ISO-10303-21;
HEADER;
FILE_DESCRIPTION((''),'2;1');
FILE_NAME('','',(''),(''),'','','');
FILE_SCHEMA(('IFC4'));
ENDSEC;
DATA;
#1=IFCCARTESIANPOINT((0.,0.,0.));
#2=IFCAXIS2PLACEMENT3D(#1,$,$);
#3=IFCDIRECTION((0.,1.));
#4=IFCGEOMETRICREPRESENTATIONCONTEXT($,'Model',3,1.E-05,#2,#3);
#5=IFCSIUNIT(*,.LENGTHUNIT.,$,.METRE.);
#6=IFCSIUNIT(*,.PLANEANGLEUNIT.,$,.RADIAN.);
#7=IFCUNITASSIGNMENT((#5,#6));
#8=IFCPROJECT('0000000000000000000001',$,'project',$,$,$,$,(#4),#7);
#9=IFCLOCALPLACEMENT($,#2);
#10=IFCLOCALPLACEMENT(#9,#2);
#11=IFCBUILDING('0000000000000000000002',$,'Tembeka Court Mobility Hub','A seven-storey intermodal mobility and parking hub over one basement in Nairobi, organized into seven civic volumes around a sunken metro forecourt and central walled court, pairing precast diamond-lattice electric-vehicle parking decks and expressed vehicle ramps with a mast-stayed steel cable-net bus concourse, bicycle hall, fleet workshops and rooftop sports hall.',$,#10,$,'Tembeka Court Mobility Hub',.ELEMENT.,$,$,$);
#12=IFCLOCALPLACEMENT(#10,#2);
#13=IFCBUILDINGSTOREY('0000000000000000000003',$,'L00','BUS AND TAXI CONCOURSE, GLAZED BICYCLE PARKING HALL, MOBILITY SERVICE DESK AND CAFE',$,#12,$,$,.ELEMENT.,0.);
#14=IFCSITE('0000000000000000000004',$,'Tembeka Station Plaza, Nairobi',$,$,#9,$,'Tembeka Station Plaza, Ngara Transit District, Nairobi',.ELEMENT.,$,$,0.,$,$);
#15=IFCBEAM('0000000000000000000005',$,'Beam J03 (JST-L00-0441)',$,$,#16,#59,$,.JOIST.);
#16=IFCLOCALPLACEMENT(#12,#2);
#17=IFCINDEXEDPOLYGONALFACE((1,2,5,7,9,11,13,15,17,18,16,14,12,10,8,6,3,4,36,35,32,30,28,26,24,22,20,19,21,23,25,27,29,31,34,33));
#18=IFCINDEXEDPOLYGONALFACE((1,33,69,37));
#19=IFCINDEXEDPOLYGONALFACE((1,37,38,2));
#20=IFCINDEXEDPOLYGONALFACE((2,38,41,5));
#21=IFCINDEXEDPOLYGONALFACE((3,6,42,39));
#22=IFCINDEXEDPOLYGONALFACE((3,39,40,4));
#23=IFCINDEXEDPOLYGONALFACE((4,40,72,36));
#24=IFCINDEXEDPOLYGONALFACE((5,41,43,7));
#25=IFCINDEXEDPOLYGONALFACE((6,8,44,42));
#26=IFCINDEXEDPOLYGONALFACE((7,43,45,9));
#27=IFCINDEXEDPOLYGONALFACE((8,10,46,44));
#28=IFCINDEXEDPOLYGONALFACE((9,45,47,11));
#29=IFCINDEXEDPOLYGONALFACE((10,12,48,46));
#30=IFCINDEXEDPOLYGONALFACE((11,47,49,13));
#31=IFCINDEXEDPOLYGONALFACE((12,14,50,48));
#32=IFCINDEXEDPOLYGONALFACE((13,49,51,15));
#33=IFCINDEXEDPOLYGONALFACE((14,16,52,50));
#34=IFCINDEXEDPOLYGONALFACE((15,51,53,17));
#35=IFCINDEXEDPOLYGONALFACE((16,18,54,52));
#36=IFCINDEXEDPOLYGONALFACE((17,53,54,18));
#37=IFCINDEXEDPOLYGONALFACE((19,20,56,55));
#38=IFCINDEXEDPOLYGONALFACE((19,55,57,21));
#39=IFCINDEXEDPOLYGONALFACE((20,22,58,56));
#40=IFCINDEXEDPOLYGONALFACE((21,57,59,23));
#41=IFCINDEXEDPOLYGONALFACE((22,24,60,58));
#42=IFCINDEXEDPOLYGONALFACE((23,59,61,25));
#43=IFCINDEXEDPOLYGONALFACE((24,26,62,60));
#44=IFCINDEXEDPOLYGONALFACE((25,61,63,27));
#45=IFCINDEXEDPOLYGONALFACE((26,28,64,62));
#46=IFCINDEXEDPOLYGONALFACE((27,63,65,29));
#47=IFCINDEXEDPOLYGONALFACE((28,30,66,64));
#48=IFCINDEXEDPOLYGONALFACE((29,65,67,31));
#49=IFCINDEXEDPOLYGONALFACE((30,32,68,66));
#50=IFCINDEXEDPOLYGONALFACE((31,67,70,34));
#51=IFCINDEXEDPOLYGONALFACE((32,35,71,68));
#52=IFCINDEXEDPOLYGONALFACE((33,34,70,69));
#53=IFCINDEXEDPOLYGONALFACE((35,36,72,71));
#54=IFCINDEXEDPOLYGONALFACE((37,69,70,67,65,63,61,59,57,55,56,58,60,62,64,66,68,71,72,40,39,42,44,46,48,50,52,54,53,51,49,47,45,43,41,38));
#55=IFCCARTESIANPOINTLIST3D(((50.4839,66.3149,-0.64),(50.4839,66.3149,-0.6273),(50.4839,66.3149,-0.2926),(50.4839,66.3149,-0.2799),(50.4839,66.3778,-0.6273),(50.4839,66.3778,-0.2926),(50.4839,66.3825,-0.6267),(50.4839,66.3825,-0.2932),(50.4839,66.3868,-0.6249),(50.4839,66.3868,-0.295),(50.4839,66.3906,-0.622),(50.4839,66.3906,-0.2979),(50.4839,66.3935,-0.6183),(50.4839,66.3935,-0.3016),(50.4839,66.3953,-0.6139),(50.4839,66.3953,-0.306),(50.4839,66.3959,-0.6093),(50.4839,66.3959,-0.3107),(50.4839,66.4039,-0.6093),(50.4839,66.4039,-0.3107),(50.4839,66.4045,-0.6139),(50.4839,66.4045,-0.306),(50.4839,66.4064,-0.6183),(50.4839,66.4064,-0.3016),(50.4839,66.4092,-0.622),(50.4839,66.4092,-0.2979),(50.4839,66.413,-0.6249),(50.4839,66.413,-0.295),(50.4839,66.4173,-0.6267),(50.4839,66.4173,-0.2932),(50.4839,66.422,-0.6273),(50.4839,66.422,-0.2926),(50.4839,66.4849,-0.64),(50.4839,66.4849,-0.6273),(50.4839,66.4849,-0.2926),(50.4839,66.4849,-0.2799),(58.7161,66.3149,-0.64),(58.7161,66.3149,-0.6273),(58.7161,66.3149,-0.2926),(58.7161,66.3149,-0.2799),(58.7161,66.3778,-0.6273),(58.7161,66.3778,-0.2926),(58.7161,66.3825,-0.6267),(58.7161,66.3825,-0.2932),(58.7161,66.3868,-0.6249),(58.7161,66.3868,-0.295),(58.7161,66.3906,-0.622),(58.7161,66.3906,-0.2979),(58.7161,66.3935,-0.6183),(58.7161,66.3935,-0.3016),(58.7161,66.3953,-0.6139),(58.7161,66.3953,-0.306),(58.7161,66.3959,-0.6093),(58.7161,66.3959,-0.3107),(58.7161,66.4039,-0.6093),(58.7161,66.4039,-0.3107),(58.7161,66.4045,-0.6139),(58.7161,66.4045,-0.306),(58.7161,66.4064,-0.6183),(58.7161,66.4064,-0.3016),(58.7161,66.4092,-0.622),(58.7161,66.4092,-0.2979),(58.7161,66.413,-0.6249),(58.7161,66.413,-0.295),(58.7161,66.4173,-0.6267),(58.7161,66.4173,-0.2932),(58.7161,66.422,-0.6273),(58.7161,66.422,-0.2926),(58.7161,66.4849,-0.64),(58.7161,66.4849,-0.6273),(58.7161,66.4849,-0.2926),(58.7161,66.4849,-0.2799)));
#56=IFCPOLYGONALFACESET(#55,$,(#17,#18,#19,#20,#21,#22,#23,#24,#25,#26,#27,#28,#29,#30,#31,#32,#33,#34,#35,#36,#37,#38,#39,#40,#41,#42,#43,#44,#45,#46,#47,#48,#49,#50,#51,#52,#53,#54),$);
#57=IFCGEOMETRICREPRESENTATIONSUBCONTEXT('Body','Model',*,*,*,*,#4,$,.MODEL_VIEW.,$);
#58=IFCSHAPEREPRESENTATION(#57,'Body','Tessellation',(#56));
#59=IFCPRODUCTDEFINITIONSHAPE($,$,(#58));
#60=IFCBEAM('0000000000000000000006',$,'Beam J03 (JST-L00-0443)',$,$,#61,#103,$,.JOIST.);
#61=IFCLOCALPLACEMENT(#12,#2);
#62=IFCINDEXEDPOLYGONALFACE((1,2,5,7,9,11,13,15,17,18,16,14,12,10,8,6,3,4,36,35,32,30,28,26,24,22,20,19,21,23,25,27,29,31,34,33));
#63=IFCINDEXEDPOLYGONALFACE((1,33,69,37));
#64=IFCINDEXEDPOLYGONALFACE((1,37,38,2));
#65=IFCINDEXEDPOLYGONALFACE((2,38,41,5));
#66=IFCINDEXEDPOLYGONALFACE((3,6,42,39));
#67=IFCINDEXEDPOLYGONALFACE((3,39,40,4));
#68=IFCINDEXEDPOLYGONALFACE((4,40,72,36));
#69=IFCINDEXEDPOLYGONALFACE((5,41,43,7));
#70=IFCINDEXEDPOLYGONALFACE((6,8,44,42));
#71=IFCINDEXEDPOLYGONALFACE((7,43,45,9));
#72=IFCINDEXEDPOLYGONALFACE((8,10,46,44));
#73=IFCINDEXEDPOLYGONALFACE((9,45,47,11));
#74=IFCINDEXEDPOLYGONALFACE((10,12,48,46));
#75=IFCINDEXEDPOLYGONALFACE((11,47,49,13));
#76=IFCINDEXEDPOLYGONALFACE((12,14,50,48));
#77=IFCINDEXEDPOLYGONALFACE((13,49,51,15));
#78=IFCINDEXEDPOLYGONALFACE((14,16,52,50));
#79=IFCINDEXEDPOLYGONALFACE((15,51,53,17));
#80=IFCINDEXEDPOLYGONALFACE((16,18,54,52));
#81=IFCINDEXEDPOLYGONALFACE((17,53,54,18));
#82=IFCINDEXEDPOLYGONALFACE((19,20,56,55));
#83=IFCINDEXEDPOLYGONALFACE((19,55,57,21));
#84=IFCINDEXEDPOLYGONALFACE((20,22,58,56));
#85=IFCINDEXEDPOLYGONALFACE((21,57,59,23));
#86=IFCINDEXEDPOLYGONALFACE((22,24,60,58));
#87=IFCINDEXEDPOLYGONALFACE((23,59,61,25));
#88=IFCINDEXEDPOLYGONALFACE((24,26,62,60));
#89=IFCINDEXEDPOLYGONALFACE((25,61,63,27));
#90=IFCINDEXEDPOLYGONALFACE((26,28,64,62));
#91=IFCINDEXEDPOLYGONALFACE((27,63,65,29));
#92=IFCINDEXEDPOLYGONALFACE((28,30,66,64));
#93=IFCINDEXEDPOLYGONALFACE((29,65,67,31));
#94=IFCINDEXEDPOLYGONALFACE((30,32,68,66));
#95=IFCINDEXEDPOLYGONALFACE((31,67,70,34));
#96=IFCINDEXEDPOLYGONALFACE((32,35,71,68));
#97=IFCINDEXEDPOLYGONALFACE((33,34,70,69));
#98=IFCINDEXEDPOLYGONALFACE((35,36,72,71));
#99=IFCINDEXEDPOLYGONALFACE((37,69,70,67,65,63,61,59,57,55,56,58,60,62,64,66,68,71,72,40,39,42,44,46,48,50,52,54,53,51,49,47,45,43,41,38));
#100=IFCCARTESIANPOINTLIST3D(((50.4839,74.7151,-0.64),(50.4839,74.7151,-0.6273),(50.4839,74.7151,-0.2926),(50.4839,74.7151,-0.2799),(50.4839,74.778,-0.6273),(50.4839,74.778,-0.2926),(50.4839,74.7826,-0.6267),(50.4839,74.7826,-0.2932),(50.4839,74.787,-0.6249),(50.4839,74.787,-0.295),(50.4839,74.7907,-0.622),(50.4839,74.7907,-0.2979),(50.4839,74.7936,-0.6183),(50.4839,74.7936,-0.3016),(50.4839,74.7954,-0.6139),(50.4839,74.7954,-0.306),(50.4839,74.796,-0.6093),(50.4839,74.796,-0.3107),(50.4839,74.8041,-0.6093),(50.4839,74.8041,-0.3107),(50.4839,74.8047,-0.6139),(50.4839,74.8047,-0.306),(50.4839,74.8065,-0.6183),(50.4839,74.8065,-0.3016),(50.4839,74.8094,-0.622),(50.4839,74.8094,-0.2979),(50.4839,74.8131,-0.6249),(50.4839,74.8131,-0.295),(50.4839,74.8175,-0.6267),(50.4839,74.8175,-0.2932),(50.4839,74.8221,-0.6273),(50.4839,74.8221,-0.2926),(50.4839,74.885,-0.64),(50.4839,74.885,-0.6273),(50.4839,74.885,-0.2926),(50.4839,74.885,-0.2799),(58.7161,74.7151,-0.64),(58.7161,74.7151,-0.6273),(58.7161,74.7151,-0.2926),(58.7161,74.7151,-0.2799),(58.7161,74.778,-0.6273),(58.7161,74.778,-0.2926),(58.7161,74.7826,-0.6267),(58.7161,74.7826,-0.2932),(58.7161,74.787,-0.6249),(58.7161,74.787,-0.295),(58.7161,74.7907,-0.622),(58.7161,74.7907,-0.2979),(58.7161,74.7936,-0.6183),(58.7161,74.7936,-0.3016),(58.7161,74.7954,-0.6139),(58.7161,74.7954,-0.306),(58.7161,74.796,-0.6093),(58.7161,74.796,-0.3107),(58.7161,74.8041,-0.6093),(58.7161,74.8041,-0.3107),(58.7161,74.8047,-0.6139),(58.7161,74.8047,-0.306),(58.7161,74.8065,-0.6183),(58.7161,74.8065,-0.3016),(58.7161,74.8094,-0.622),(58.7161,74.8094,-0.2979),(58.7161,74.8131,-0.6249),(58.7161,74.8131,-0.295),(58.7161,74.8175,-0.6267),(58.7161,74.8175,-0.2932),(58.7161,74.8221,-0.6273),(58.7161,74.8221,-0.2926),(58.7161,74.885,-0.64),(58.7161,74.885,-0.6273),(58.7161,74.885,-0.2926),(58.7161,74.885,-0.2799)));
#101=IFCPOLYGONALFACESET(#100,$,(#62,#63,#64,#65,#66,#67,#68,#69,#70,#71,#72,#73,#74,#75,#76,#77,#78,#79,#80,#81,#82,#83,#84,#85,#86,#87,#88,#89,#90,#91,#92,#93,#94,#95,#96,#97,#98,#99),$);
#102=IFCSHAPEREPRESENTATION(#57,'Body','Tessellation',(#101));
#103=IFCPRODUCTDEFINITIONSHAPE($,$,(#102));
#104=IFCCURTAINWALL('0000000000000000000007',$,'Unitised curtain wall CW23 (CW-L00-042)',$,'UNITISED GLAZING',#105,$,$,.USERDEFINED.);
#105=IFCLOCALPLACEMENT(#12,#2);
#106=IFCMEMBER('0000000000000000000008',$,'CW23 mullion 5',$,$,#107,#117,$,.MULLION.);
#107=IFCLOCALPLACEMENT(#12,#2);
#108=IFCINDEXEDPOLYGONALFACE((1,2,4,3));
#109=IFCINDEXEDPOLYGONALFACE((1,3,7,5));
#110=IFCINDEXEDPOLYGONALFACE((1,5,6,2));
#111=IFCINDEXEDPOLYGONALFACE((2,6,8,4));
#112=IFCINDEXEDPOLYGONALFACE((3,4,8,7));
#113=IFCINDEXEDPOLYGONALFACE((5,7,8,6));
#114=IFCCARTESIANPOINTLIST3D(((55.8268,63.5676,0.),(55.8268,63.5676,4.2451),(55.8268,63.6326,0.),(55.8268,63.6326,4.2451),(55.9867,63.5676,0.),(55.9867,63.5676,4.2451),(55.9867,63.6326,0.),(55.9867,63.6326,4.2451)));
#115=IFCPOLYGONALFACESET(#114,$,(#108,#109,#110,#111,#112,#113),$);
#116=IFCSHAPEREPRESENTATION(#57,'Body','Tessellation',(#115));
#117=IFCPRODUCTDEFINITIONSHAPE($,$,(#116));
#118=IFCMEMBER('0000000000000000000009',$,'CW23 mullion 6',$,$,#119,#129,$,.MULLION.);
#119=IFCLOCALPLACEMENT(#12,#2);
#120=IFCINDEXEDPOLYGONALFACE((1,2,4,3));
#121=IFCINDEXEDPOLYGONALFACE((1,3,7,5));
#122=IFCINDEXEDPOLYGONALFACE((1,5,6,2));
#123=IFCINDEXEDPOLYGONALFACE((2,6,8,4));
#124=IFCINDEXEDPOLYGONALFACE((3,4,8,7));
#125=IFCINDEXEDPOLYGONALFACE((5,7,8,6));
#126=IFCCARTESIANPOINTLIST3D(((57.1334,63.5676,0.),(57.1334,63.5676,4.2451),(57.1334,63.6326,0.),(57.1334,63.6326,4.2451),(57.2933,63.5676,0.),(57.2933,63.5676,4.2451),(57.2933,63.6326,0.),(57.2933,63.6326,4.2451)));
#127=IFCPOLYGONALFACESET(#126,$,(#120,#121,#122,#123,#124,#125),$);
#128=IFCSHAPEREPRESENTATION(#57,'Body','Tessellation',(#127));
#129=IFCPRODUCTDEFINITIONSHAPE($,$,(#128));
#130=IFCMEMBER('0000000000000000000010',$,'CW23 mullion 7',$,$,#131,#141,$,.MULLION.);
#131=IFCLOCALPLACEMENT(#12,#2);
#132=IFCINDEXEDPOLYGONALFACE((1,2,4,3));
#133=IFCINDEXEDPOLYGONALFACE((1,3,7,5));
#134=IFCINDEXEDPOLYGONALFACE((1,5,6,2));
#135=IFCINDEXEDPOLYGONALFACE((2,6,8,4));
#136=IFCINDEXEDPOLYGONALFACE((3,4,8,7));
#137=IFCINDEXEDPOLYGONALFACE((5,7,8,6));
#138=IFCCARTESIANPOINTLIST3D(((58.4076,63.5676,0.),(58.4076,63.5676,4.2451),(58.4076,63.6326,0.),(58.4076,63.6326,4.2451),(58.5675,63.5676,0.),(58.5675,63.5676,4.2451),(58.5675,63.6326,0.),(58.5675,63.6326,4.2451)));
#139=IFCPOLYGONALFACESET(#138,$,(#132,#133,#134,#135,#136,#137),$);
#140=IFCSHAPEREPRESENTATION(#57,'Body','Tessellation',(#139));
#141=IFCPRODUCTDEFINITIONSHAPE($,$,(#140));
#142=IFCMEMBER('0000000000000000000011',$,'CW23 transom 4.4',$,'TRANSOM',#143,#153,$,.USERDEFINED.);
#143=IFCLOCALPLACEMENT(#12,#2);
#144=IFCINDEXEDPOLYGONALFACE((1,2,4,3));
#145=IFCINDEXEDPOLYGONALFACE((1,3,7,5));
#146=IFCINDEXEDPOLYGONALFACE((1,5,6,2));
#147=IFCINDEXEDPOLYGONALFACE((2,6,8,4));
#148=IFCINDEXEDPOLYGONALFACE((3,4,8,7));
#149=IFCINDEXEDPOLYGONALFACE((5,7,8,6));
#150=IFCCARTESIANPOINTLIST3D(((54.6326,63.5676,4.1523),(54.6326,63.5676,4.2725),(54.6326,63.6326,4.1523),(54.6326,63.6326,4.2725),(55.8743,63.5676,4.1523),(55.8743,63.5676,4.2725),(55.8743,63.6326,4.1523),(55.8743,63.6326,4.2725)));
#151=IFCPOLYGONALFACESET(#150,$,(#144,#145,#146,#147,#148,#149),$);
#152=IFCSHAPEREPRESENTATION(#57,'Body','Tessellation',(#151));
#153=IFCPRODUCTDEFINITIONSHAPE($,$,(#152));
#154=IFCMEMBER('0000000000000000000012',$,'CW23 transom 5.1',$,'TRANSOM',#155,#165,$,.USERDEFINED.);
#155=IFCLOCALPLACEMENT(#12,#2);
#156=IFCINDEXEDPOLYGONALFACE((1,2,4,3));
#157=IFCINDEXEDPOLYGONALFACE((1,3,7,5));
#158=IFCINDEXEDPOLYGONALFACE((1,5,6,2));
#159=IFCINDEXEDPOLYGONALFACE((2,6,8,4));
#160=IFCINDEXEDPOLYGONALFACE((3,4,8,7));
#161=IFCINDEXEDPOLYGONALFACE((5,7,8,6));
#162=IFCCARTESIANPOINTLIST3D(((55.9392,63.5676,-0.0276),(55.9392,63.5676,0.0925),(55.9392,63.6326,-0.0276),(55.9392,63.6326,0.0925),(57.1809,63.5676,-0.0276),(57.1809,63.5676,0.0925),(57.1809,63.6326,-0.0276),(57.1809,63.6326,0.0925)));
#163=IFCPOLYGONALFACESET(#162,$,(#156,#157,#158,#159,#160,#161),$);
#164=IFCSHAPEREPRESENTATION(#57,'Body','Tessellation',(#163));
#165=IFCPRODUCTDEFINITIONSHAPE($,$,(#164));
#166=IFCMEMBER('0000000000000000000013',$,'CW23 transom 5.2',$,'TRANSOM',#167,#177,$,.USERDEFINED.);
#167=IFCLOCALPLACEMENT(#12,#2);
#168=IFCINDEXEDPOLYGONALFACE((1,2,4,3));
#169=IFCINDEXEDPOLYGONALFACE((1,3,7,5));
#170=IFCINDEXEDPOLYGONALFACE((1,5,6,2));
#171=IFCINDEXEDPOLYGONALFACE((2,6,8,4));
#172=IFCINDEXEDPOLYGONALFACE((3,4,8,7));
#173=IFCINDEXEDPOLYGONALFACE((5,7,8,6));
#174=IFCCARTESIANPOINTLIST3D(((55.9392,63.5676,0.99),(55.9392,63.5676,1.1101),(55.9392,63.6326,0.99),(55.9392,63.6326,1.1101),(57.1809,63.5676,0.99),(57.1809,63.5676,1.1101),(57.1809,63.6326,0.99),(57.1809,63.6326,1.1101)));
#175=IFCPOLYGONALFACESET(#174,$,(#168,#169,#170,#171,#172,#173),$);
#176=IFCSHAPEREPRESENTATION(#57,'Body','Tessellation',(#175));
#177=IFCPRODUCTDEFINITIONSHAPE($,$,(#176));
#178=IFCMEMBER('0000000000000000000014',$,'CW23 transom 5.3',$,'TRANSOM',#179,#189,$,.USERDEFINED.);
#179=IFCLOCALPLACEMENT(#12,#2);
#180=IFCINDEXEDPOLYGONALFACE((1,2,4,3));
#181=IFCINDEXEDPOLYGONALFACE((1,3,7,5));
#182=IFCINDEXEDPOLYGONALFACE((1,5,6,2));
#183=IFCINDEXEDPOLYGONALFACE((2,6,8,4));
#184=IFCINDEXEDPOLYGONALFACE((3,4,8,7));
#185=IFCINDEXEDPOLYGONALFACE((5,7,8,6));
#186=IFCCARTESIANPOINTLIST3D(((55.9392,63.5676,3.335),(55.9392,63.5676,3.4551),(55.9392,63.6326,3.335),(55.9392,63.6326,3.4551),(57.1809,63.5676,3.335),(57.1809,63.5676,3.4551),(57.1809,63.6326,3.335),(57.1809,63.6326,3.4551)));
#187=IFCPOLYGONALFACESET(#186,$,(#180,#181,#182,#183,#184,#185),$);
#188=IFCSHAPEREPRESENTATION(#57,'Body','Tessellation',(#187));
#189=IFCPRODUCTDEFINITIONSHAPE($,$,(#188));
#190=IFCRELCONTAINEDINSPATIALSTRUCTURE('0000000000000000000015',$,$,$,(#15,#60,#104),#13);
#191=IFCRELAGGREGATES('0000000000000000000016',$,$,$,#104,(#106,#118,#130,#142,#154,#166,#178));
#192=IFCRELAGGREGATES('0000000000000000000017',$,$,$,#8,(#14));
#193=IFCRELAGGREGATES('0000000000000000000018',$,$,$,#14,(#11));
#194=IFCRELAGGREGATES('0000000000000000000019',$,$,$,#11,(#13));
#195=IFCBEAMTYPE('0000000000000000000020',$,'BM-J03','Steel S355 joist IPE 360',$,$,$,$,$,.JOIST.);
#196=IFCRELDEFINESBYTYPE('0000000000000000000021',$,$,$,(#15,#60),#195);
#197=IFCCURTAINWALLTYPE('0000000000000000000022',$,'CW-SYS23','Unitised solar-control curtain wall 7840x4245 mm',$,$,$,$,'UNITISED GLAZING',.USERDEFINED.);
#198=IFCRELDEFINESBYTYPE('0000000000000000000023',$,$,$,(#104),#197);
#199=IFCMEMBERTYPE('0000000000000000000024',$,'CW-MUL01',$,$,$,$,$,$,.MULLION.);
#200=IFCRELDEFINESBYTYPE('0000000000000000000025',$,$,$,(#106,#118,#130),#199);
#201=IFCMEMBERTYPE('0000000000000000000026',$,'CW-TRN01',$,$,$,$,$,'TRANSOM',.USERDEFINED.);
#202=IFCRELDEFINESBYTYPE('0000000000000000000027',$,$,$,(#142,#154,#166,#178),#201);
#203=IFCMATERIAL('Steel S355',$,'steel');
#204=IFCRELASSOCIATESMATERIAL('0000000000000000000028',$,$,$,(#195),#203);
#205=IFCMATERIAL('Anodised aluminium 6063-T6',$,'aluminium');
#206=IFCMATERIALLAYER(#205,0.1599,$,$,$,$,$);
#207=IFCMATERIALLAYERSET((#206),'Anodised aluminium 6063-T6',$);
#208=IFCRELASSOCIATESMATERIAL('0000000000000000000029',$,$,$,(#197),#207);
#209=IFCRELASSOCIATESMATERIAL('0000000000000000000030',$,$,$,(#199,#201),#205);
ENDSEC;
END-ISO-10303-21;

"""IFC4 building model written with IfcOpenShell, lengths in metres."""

from ifc_helpers import new_model, si_unit, direction, frame, origin, origin_2d, place, context, subcontext, project, spatial, rectangle, i_section, extrude, material, layer, layer_set, material_profile, profile_set, type_object, element, aggregate, save


model = new_model("IFC4")

# Units and contexts
model_context = context("Model", 3, precision=1e-05, world=origin(), true_north=direction((0.0, 1.0)))
body_context = subcontext(model_context, "Body", "Model", "MODEL_VIEW")
ifc_project = project(units=[si_unit("LENGTHUNIT", "METRE"), si_unit("PLANEANGLEUNIT", "RADIAN")], contexts=[model_context])

# Site, building, storey
site_placement = place(None, origin())
site = spatial("IfcSite", under=ifc_project, at=site_placement, Name="Tembeka Station Plaza, Nairobi", LongName="Tembeka Station Plaza, Ngara Transit District, Nairobi", CompositionType="ELEMENT", RefElevation=0.0)
building_placement = place(site_placement, origin())
building = spatial("IfcBuilding", under=site, at=building_placement, Name="Tembeka Court Mobility Hub", Description="A seven-storey intermodal mobility and parking hub over one basement in Nairobi, organized into seven civic volumes around a sunken metro forecourt and central walled court, pairing precast diamond-lattice electric-vehicle parking decks and expressed vehicle ramps with a mast-stayed steel cable-net bus concourse, bicycle hall, fleet workshops and rooftop sports hall.", LongName="Tembeka Court Mobility Hub", CompositionType="ELEMENT")
storey_placement = place(building_placement, origin())
storey = spatial("IfcBuildingStorey", under=building, at=storey_placement, Name="L00", Description="BUS AND TAXI CONCOURSE, GLAZED BICYCLE PARKING HALL, MOBILITY SERVICE DESK AND CAFE", CompositionType="ELEMENT", Elevation=0.0)

# Beams
ifc_material_1 = material(Name="Steel S355", Category="steel")
ifc_material_profile_1 = material_profile(ifc_material_1, i_section(OverallWidth=0.1699, OverallDepth=0.3601, WebThickness=0.0081, FlangeThickness=0.0127, FilletRadius=0.0181, at=origin_2d()), Name="IPE 360")
ifc_profile_set_1 = profile_set([ifc_material_profile_1], Name="Steel S355")
beam_type_1 = type_object("IfcBeamType", Name="BM-J03", Description="Steel S355 joist IPE 360", PredefinedType="JOIST", material=ifc_profile_set_1)
for number, where, z_axis, x_axis, name in (
    (1, (50.4839, 66.3999, -0.46), (1.0, 0.0, 0.0), (0.0, 1.0, 0.0), "Beam J03 (JST-L00-0441)"),
    (2, (50.4839, 74.8, -0.46), (1.0, 0.0, 0.0), (0.0, 1.0, 0.0), "Beam J03 (JST-L00-0443)"),
):
    element("IfcBeam", number, at=place(storey_placement, frame(where, z_axis=z_axis, x_axis=x_axis)), inside=storey, type_object=beam_type_1, Name=name, PredefinedType="JOIST", context=body_context, shape_type="SweptSolid", body=[
        extrude(i_section(OverallWidth=0.1699, OverallDepth=0.3601, WebThickness=0.0081, FlangeThickness=0.0127, FilletRadius=0.0181, at=origin_2d()), origin(), (0.0, 0.0, 1.0), 8.2322),
    ])

# Curtain wall, members
ifc_material_2 = material(Name="Anodised aluminium 6063-T6", Category="aluminium")
ifc_layer_1 = layer(ifc_material_2, 0.1599)
ifc_layer_set_1 = layer_set([ifc_layer_1], Name="Anodised aluminium 6063-T6")
curtain_wall_type = type_object("IfcCurtainWallType", Name="CW-SYS23", Description="Unitised solar-control curtain wall 7840x4245 mm", ElementType="UNITISED GLAZING", PredefinedType="USERDEFINED", material=ifc_layer_set_1)
curtain_wall_placement = place(storey_placement, origin())
curtain_wall = element("IfcCurtainWall", 3, at=curtain_wall_placement, inside=storey, type_object=curtain_wall_type, Name="Unitised curtain wall CW23 (CW-L00-042)", ObjectType="UNITISED GLAZING", PredefinedType="USERDEFINED")
ifc_material_profile_2 = material_profile(ifc_material_2, rectangle(XDim=0.0649, YDim=0.1599, at=origin_2d()), Name="ALU-MUL 65x160")
ifc_profile_set_2 = profile_set([ifc_material_profile_2], Name="Anodised aluminium 6063-T6")
member_type_1 = type_object("IfcMemberType", Name="CW-MUL01", PredefinedType="MULLION", material=ifc_profile_set_2)
member_1_placement = place(storey_placement, frame((55.9067, 63.6001, 0.0), z_axis=(0.0, 0.0, 1.0), x_axis=(0.0, 1.0, 0.0)))
member_1 = element("IfcMember", 4, at=member_1_placement, type_object=member_type_1, Name="CW23 mullion 5", PredefinedType="MULLION", context=body_context, shape_type="SweptSolid", body=[
    extrude(rectangle(XDim=0.0649, YDim=0.1599, at=origin_2d()), origin(), (0.0, 0.0, 1.0), 4.2451),
])
member_2_placement = place(storey_placement, frame((57.2134, 63.6001, 0.0), z_axis=(0.0, 0.0, 1.0), x_axis=(0.0, 1.0, 0.0)))
member_2 = element("IfcMember", 5, at=member_2_placement, type_object=member_type_1, Name="CW23 mullion 6", PredefinedType="MULLION", context=body_context, shape_type="SweptSolid", body=[
    extrude(rectangle(XDim=0.0649, YDim=0.1599, at=origin_2d()), origin(), (0.0, 0.0, 1.0), 4.2451),
])
member_3_placement = place(storey_placement, frame((58.4875, 63.6001, 0.0), z_axis=(0.0, 0.0, 1.0), x_axis=(0.0, 1.0, 0.0)))
member_3 = element("IfcMember", 6, at=member_3_placement, type_object=member_type_1, Name="CW23 mullion 7", PredefinedType="MULLION", context=body_context, shape_type="SweptSolid", body=[
    extrude(rectangle(XDim=0.0649, YDim=0.1599, at=origin_2d()), origin(), (0.0, 0.0, 1.0), 4.2451),
])
ifc_material_profile_3 = material_profile(ifc_material_2, rectangle(XDim=0.0649, YDim=0.1201, at=origin_2d()), Name="ALU-TRN 65x120")
ifc_profile_set_3 = profile_set([ifc_material_profile_3], Name="Anodised aluminium 6063-T6")
member_type_2 = type_object("IfcMemberType", Name="CW-TRN01", ElementType="TRANSOM", PredefinedType="USERDEFINED", material=ifc_profile_set_3)
member_4_placement = place(storey_placement, frame((54.6326, 63.6001, 4.2124), z_axis=(1.0, 0.0, 0.0), x_axis=(0.0, 1.0, 0.0)))
member_4 = element("IfcMember", 7, at=member_4_placement, type_object=member_type_2, Name="CW23 transom 4.4", ObjectType="TRANSOM", PredefinedType="USERDEFINED", context=body_context, shape_type="SweptSolid", body=[
    extrude(rectangle(XDim=0.0649, YDim=0.1201, at=origin_2d()), origin(), (0.0, 0.0, 1.0), 1.2417),
])
member_5_placement = place(storey_placement, frame((55.9392, 63.6001, 0.0325), z_axis=(1.0, 0.0, 0.0), x_axis=(0.0, 1.0, 0.0)))
member_5 = element("IfcMember", 8, at=member_5_placement, type_object=member_type_2, Name="CW23 transom 5.1", ObjectType="TRANSOM", PredefinedType="USERDEFINED", context=body_context, shape_type="SweptSolid", body=[
    extrude(rectangle(XDim=0.0649, YDim=0.1201, at=origin_2d()), origin(), (0.0, 0.0, 1.0), 1.2417),
])
member_6_placement = place(storey_placement, frame((55.9392, 63.6001, 1.05), z_axis=(1.0, 0.0, 0.0), x_axis=(0.0, 1.0, 0.0)))
member_6 = element("IfcMember", 9, at=member_6_placement, type_object=member_type_2, Name="CW23 transom 5.2", ObjectType="TRANSOM", PredefinedType="USERDEFINED", context=body_context, shape_type="SweptSolid", body=[
    extrude(rectangle(XDim=0.0649, YDim=0.1201, at=origin_2d()), origin(), (0.0, 0.0, 1.0), 1.2417),
])
member_7_placement = place(storey_placement, frame((55.9392, 63.6001, 3.395), z_axis=(1.0, 0.0, 0.0), x_axis=(0.0, 1.0, 0.0)))
member_7 = element("IfcMember", 10, at=member_7_placement, type_object=member_type_2, Name="CW23 transom 5.3", ObjectType="TRANSOM", PredefinedType="USERDEFINED", context=body_context, shape_type="SweptSolid", body=[
    extrude(rectangle(XDim=0.0649, YDim=0.1201, at=origin_2d()), origin(), (0.0, 0.0, 1.0), 1.2417),
])

aggregate(curtain_wall, [member_1, member_2, member_3, member_4, member_5, member_6, member_7])

save(model, "model.ifc")
